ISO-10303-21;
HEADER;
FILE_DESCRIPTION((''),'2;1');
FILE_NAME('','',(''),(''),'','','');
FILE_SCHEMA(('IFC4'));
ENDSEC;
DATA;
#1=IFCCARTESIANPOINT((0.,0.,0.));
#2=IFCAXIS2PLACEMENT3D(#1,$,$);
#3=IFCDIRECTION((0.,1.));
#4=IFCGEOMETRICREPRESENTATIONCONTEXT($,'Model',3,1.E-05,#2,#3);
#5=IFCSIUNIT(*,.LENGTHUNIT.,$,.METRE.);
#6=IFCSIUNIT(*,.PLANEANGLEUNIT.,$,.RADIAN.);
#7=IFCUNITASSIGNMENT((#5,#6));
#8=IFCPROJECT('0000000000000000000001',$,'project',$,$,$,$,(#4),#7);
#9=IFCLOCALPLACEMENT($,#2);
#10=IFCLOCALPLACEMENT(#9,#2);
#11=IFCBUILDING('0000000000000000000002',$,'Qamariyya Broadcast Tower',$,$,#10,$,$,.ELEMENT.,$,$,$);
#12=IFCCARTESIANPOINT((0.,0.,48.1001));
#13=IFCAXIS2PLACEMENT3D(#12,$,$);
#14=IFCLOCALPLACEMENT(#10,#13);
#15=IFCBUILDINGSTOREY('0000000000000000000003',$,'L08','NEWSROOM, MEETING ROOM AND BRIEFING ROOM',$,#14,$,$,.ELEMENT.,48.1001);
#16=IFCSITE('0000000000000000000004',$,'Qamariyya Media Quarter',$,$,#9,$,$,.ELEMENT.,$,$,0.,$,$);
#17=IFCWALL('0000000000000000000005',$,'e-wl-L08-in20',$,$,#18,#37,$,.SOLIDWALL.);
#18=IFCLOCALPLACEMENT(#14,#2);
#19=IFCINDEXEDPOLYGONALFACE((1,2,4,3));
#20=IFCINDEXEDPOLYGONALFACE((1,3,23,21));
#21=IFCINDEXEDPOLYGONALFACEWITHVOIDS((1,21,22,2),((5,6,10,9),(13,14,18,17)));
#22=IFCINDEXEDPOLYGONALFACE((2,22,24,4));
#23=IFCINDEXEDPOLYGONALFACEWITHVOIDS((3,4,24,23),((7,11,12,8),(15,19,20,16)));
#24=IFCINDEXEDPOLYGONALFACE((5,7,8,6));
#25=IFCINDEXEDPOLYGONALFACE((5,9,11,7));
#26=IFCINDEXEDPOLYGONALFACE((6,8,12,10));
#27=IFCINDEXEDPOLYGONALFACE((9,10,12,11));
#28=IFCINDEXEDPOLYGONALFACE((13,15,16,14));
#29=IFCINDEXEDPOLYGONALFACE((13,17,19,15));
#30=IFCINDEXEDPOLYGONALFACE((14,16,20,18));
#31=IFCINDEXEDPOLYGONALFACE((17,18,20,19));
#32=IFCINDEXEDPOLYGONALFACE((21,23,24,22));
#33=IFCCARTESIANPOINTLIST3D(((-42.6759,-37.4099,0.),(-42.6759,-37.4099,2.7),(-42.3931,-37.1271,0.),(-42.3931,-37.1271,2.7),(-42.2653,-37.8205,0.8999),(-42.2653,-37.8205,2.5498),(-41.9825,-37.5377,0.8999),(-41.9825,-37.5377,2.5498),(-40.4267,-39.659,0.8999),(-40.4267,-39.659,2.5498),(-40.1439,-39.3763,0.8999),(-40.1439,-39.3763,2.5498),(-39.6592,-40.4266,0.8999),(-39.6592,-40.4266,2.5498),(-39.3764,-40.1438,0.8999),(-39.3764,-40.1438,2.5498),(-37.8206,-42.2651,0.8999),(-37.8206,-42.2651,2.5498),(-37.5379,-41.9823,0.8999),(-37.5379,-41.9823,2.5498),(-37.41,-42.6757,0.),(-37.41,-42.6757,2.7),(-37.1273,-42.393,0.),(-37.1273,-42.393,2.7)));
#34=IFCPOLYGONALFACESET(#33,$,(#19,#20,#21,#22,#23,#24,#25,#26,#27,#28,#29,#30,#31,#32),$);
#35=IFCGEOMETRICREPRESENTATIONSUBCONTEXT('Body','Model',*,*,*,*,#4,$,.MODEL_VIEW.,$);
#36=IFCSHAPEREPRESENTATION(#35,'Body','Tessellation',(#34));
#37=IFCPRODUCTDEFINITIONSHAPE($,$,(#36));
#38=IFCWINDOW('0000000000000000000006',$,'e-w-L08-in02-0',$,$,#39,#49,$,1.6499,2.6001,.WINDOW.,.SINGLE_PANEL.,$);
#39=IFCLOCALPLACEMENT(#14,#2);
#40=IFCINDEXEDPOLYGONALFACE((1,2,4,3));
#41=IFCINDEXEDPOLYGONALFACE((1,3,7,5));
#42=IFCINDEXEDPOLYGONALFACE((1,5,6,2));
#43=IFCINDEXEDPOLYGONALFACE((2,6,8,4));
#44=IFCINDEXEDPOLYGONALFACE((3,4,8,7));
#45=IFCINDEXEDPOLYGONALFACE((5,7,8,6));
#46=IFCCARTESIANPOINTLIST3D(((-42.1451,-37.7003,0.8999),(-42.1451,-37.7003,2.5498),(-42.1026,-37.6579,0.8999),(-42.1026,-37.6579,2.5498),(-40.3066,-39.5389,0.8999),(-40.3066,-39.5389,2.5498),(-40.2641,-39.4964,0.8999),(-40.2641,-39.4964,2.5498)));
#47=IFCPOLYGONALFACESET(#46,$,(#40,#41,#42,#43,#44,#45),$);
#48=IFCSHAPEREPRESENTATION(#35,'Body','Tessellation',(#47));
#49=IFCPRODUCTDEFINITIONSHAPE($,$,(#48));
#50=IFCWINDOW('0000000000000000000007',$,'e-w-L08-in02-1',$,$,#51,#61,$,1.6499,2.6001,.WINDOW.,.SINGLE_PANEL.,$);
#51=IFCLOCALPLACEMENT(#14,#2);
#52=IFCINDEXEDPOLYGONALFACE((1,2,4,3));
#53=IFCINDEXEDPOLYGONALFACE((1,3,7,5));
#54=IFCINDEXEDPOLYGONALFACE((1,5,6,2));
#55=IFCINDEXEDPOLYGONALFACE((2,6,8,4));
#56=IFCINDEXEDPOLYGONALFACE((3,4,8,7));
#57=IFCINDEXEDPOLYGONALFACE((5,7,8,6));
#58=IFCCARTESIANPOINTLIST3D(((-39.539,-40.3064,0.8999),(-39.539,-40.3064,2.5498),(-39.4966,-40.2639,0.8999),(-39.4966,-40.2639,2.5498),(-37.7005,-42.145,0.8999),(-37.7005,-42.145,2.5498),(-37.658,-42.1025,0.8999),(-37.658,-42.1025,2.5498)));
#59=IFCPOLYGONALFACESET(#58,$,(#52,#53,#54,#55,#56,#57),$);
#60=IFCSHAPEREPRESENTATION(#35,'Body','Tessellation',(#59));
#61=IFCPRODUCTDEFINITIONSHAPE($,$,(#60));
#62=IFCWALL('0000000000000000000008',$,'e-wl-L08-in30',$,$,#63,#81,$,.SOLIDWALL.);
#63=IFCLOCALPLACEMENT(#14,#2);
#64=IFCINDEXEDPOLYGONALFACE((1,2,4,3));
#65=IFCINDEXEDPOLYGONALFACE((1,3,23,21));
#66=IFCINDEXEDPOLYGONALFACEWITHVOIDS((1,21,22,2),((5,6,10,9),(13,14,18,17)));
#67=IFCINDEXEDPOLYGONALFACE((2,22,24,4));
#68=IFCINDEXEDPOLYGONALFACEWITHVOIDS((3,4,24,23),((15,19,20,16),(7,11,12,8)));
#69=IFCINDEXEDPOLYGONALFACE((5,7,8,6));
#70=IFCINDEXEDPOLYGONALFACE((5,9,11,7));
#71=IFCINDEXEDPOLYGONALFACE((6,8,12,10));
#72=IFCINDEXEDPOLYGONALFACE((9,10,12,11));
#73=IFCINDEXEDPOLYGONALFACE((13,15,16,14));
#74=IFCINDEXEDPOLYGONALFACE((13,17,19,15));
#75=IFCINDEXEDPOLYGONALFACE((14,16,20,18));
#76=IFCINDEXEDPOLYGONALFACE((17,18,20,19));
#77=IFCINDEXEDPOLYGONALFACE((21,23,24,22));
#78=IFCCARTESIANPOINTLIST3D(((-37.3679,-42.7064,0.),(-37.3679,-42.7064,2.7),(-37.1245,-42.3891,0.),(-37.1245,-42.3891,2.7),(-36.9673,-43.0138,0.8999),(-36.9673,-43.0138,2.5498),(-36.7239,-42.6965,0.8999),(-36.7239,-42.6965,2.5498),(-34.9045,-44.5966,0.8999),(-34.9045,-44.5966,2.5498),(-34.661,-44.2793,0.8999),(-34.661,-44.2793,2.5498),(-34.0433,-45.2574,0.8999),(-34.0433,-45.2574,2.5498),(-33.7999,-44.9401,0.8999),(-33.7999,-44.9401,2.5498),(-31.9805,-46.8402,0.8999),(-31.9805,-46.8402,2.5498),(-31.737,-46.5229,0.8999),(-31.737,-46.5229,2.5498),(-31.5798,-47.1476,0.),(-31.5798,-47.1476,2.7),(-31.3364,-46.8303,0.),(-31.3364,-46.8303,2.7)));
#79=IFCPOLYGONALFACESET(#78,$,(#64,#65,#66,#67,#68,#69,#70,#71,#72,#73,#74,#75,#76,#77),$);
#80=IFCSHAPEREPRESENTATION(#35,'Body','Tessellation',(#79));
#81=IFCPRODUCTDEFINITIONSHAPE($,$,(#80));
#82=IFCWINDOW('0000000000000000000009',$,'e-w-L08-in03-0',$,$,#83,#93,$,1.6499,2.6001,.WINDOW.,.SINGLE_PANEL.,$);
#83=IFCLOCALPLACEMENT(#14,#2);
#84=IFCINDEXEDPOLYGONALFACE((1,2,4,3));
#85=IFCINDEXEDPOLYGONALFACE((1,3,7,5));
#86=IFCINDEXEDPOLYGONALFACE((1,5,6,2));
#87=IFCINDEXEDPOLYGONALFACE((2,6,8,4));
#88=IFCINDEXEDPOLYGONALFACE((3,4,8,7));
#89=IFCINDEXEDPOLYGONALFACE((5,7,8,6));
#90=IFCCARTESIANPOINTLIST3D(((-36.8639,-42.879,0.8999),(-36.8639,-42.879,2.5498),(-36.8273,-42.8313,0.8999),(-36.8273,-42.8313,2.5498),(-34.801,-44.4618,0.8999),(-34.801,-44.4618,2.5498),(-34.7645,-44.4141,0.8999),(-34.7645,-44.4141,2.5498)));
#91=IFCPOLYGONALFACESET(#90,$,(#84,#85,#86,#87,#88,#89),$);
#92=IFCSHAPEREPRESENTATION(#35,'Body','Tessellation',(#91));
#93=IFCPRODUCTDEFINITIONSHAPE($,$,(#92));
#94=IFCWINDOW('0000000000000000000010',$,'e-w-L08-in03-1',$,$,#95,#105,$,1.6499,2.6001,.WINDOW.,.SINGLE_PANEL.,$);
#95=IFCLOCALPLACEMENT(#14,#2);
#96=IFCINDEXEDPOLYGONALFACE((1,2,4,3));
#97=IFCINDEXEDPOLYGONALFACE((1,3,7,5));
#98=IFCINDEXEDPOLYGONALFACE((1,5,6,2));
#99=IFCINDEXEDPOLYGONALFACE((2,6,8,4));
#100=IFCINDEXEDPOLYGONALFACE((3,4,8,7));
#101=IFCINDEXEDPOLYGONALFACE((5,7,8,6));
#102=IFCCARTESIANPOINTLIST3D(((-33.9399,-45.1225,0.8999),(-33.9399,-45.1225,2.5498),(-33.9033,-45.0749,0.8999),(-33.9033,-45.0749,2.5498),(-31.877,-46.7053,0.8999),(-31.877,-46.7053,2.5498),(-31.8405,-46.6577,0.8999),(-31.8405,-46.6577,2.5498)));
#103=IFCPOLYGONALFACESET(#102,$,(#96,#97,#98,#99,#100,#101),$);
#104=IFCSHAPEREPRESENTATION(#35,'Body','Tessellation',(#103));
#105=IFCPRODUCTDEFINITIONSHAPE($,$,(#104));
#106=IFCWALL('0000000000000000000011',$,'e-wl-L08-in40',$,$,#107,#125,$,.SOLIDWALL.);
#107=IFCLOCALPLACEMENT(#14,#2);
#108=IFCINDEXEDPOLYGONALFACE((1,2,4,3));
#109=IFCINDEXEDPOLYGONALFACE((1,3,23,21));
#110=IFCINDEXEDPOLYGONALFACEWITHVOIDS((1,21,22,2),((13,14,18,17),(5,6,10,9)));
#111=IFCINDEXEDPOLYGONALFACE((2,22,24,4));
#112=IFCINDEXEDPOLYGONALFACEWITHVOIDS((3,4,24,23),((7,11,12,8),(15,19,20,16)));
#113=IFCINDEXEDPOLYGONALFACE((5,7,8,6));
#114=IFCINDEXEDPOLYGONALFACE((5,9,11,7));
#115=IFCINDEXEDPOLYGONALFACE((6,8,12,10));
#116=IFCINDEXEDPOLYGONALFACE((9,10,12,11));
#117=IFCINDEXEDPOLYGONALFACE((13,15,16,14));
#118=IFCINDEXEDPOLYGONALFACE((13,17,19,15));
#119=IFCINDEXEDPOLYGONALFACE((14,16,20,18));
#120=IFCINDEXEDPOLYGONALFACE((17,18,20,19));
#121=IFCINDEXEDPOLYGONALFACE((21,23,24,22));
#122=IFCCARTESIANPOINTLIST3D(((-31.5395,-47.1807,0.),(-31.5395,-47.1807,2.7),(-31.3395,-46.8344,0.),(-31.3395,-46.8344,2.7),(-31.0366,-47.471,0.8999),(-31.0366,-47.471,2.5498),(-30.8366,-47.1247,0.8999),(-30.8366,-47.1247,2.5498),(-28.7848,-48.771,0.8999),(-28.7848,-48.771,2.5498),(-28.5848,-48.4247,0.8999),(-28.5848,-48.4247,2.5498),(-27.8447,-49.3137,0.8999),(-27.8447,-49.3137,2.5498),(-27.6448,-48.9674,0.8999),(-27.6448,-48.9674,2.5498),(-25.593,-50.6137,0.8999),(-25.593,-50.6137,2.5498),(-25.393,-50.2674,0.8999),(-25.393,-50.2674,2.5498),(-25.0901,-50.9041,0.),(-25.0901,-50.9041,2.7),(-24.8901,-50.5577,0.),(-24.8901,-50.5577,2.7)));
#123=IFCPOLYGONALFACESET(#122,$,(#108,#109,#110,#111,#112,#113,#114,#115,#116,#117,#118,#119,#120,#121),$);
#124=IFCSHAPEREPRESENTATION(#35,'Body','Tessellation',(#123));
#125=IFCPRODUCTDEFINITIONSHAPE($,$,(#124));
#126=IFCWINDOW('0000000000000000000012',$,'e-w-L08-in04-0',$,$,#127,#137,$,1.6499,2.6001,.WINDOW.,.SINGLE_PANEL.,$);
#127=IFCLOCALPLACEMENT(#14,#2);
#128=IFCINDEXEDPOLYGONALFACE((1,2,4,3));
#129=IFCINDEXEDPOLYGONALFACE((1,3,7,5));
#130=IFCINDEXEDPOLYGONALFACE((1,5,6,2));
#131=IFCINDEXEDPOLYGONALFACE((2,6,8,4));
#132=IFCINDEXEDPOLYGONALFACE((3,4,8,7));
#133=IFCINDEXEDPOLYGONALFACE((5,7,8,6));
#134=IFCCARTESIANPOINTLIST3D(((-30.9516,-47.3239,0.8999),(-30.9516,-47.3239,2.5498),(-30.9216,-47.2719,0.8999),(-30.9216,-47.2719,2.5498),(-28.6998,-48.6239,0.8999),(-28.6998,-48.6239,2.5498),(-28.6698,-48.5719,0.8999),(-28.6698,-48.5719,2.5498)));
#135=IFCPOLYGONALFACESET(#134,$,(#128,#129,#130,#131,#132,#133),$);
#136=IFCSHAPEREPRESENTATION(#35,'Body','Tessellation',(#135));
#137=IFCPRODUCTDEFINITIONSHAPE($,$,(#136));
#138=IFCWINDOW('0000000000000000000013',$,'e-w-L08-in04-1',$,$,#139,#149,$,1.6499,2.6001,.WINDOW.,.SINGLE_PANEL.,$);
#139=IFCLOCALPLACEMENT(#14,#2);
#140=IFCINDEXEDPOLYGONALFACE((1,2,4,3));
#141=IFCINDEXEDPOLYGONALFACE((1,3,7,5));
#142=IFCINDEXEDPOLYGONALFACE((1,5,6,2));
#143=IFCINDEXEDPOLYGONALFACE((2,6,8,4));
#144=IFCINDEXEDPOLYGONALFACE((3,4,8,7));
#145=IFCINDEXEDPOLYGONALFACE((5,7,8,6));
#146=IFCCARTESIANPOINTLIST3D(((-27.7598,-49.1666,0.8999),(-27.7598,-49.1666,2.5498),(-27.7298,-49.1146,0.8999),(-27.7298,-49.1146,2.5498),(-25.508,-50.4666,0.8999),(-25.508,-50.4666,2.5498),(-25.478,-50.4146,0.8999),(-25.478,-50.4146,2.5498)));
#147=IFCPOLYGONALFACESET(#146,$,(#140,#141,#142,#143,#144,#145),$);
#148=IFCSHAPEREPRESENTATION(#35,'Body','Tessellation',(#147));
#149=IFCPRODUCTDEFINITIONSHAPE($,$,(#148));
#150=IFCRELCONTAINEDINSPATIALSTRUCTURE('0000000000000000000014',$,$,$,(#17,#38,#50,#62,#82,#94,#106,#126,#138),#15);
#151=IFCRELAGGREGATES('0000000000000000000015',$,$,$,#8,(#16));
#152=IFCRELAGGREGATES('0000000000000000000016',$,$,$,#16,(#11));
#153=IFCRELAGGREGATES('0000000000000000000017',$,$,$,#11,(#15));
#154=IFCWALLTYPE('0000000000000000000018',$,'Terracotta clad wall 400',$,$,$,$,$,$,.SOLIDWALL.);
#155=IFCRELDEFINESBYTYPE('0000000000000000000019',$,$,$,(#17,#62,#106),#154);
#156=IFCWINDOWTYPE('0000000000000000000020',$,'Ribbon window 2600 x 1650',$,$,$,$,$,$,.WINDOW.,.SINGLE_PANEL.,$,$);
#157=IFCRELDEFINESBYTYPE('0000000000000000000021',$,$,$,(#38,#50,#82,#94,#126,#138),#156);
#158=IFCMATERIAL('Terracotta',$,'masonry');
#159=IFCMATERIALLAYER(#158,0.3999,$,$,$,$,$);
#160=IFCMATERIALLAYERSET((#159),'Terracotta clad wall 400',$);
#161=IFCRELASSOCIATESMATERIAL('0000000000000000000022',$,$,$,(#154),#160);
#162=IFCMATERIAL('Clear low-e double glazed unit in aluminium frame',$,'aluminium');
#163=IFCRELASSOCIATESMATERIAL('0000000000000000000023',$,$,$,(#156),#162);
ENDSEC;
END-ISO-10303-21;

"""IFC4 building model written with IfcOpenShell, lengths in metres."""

from ifc_helpers import new_model, si_unit, direction, frame, frame_2d, origin, place, context, subcontext, project, spatial, rectangle, extrude, material, layer, layer_set, type_object, element, fill, save


model = new_model("IFC4")

# Units and contexts
model_context = context("Model", 3, precision=1e-05, world=origin(), true_north=direction((0.0, 1.0)))
body_context = subcontext(model_context, "Body", "Model", "MODEL_VIEW")
ifc_project = project(units=[si_unit("LENGTHUNIT", "METRE"), si_unit("PLANEANGLEUNIT", "RADIAN")], contexts=[model_context])

# Site, building, storey
site_placement = place(None, origin())
site = spatial("IfcSite", under=ifc_project, at=site_placement, Name="Qamariyya Media Quarter", CompositionType="ELEMENT", RefElevation=0.0)
building_placement = place(site_placement, origin())
building = spatial("IfcBuilding", under=site, at=building_placement, Name="Qamariyya Broadcast Tower", CompositionType="ELEMENT")
storey_placement = place(building_placement, frame((0.0, 0.0, 48.1001)))
storey = spatial("IfcBuildingStorey", under=building, at=storey_placement, Name="L08", Description="NEWSROOM, MEETING ROOM AND BRIEFING ROOM", CompositionType="ELEMENT", Elevation=48.1001)

# Walls, openings, windows
ifc_material_1 = material(Name="Terracotta", Category="masonry")
ifc_layer_1 = layer(ifc_material_1, 0.3999)
ifc_layer_set_1 = layer_set([ifc_layer_1], Name="Terracotta clad wall 400")
wall_type_1 = type_object("IfcWallType", Name="Terracotta clad wall 400", PredefinedType="SOLIDWALL", material=ifc_layer_set_1)
wall_1_placement = place(storey_placement, frame((-37.2686, -42.5344, 0.0), z_axis=(0.0, 0.0, 1.0), x_axis=(-0.707107, 0.707107, 0.0)))
wall_1 = element("IfcWall", 1, at=wall_1_placement, inside=storey, type_object=wall_type_1, Name="e-wl-L08-in20", PredefinedType="SOLIDWALL", context=body_context, shape_type="SweptSolid", body=[
    extrude(rectangle(XDim=7.447, YDim=0.3999, at=frame_2d((3.7236, 0.0))), origin(), (0.0, 0.0, 1.0), 2.7),
])
opening_1_placement = place(wall_1_placement, frame((4.2664, 0.0, 0.8999)))
opening_1 = element("IfcOpeningElement", 2, at=opening_1_placement, cuts=wall_1, PredefinedType="OPENING", context=body_context, shape_type="SweptSolid", body=[
    extrude(rectangle(XDim=2.6001, YDim=1.6499, at=frame_2d((1.3, 0.825))), frame((0.0, 0.21, 0.0), z_axis=(0.0, -1.0, 0.0), x_axis=(1.0, 0.0, 0.0)), (0.0, 0.0, 1.0), 0.4199),
])
opening_2_placement = place(wall_1_placement, frame((0.5808, 0.0, 0.8999)))
opening_2 = element("IfcOpeningElement", 3, at=opening_2_placement, cuts=wall_1, PredefinedType="OPENING", context=body_context, shape_type="SweptSolid", body=[
    extrude(rectangle(XDim=2.6001, YDim=1.6499, at=frame_2d((1.3, 0.825))), frame((0.0, 0.21, 0.0), z_axis=(0.0, -1.0, 0.0), x_axis=(1.0, 0.0, 0.0)), (0.0, 0.0, 1.0), 0.4199),
])
ifc_material_2 = material(Name="Clear low-e double glazed unit in aluminium frame", Category="aluminium")
window_type = type_object("IfcWindowType", Name="Ribbon window 2600 x 1650", PartitioningType="SINGLE_PANEL", PredefinedType="WINDOW", material=ifc_material_2)
window_1_placement = place(opening_1_placement, origin())
window_1 = element("IfcWindow", 4, at=window_1_placement, inside=storey, type_object=window_type, Name="e-w-L08-in02-0", OverallHeight=1.6499, OverallWidth=2.6001, PartitioningType="SINGLE_PANEL", PredefinedType="WINDOW", context=body_context, shape_type="SweptSolid", body=[
    extrude(rectangle(XDim=2.6001, YDim=1.6499, at=frame_2d((1.3, 0.825))), frame((0.0, 0.03, 0.0), z_axis=(0.0, -1.0, 0.0), x_axis=(1.0, 0.0, 0.0)), (0.0, 0.0, 1.0), 0.0601),
])
fill(opening_1, window_1)
window_2_placement = place(opening_2_placement, origin())
window_2 = element("IfcWindow", 5, at=window_2_placement, inside=storey, type_object=window_type, Name="e-w-L08-in02-1", OverallHeight=1.6499, OverallWidth=2.6001, PartitioningType="SINGLE_PANEL", PredefinedType="WINDOW", context=body_context, shape_type="SweptSolid", body=[
    extrude(rectangle(XDim=2.6001, YDim=1.6499, at=frame_2d((1.3, 0.825))), frame((0.0, 0.03, 0.0), z_axis=(0.0, -1.0, 0.0), x_axis=(1.0, 0.0, 0.0)), (0.0, 0.0, 1.0), 0.0601),
])
fill(opening_2, window_2)
wall_2_placement = place(storey_placement, frame((-31.458, -46.989, 0.0), z_axis=(0.0, 0.0, 1.0), x_axis=(-0.793366, 0.608745, 0.0)))
wall_2 = element("IfcWall", 6, at=wall_2_placement, inside=storey, type_object=wall_type_1, Name="e-wl-L08-in30", PredefinedType="SOLIDWALL", context=body_context, shape_type="SweptSolid", body=[
    extrude(rectangle(XDim=7.2957, YDim=0.3999, at=frame_2d((3.6479, 0.0))), origin(), (0.0, 0.0, 1.0), 2.7),
])
opening_3_placement = place(wall_2_placement, frame((4.1907, 0.0, 0.8999)))
opening_3 = element("IfcOpeningElement", 7, at=opening_3_placement, cuts=wall_2, PredefinedType="OPENING", context=body_context, shape_type="SweptSolid", body=[
    extrude(rectangle(XDim=2.6001, YDim=1.6499, at=frame_2d((1.3, 0.825))), frame((0.0, 0.21, 0.0), z_axis=(0.0, -1.0, 0.0), x_axis=(1.0, 0.0, 0.0)), (0.0, 0.0, 1.0), 0.4199),
])
opening_4_placement = place(wall_2_placement, frame((0.5051, 0.0, 0.8999)))
opening_4 = element("IfcOpeningElement", 8, at=opening_4_placement, cuts=wall_2, PredefinedType="OPENING", context=body_context, shape_type="SweptSolid", body=[
    extrude(rectangle(XDim=2.6001, YDim=1.6499, at=frame_2d((1.3, 0.825))), frame((0.0, 0.21, 0.0), z_axis=(0.0, -1.0, 0.0), x_axis=(1.0, 0.0, 0.0)), (0.0, 0.0, 1.0), 0.4199),
])
window_3_placement = place(opening_3_placement, origin())
window_3 = element("IfcWindow", 9, at=window_3_placement, inside=storey, type_object=window_type, Name="e-w-L08-in03-0", OverallHeight=1.6499, OverallWidth=2.6001, PartitioningType="SINGLE_PANEL", PredefinedType="WINDOW", context=body_context, shape_type="SweptSolid", body=[
    extrude(rectangle(XDim=2.6001, YDim=1.6499, at=frame_2d((1.3, 0.825))), frame((0.0, 0.03, 0.0), z_axis=(0.0, -1.0, 0.0), x_axis=(1.0, 0.0, 0.0)), (0.0, 0.0, 1.0), 0.0601),
])
fill(opening_3, window_3)
window_4_placement = place(opening_4_placement, origin())
window_4 = element("IfcWindow", 10, at=window_4_placement, inside=storey, type_object=window_type, Name="e-w-L08-in03-1", OverallHeight=1.6499, OverallWidth=2.6001, PartitioningType="SINGLE_PANEL", PredefinedType="WINDOW", context=body_context, shape_type="SweptSolid", body=[
    extrude(rectangle(XDim=2.6001, YDim=1.6499, at=frame_2d((1.3, 0.825))), frame((0.0, 0.03, 0.0), z_axis=(0.0, -1.0, 0.0), x_axis=(1.0, 0.0, 0.0)), (0.0, 0.0, 1.0), 0.0601),
])
fill(opening_4, window_4)
wall_3_placement = place(storey_placement, frame((-24.99, -50.731, 0.0), z_axis=(0.0, 0.0, 1.0), x_axis=(-0.866038, 0.499979, 0.0)))
wall_3 = element("IfcWall", 11, at=wall_3_placement, inside=storey, type_object=wall_type_1, Name="e-wl-L08-in40", PredefinedType="SOLIDWALL", context=body_context, shape_type="SweptSolid", body=[
    extrude(rectangle(XDim=7.447, YDim=0.3999, at=frame_2d((3.7236, 0.0))), origin(), (0.0, 0.0, 1.0), 2.7),
])
opening_5_placement = place(wall_3_placement, frame((4.2664, 0.0, 0.8999)))
opening_5 = element("IfcOpeningElement", 12, at=opening_5_placement, cuts=wall_3, PredefinedType="OPENING", context=body_context, shape_type="SweptSolid", body=[
    extrude(rectangle(XDim=2.6001, YDim=1.6499, at=frame_2d((1.3, 0.825))), frame((0.0, 0.21, 0.0), z_axis=(0.0, -1.0, 0.0), x_axis=(1.0, 0.0, 0.0)), (0.0, 0.0, 1.0), 0.4199),
])
opening_6_placement = place(wall_3_placement, frame((0.5808, 0.0, 0.8999)))
opening_6 = element("IfcOpeningElement", 13, at=opening_6_placement, cuts=wall_3, PredefinedType="OPENING", context=body_context, shape_type="SweptSolid", body=[
    extrude(rectangle(XDim=2.6001, YDim=1.6499, at=frame_2d((1.3, 0.825))), frame((0.0, 0.21, 0.0), z_axis=(0.0, -1.0, 0.0), x_axis=(1.0, 0.0, 0.0)), (0.0, 0.0, 1.0), 0.4199),
])
window_5_placement = place(opening_5_placement, origin())
window_5 = element("IfcWindow", 14, at=window_5_placement, inside=storey, type_object=window_type, Name="e-w-L08-in04-0", OverallHeight=1.6499, OverallWidth=2.6001, PartitioningType="SINGLE_PANEL", PredefinedType="WINDOW", context=body_context, shape_type="SweptSolid", body=[
    extrude(rectangle(XDim=2.6001, YDim=1.6499, at=frame_2d((1.3, 0.825))), frame((0.0, 0.03, 0.0), z_axis=(0.0, -1.0, 0.0), x_axis=(1.0, 0.0, 0.0)), (0.0, 0.0, 1.0), 0.0601),
])
fill(opening_5, window_5)
window_6_placement = place(opening_6_placement, origin())
window_6 = element("IfcWindow", 15, at=window_6_placement, inside=storey, type_object=window_type, Name="e-w-L08-in04-1", OverallHeight=1.6499, OverallWidth=2.6001, PartitioningType="SINGLE_PANEL", PredefinedType="WINDOW", context=body_context, shape_type="SweptSolid", body=[
    extrude(rectangle(XDim=2.6001, YDim=1.6499, at=frame_2d((1.3, 0.825))), frame((0.0, 0.03, 0.0), z_axis=(0.0, -1.0, 0.0), x_axis=(1.0, 0.0, 0.0)), (0.0, 0.0, 1.0), 0.0601),
])
fill(opening_6, window_6)

save(model, "model.ifc")
